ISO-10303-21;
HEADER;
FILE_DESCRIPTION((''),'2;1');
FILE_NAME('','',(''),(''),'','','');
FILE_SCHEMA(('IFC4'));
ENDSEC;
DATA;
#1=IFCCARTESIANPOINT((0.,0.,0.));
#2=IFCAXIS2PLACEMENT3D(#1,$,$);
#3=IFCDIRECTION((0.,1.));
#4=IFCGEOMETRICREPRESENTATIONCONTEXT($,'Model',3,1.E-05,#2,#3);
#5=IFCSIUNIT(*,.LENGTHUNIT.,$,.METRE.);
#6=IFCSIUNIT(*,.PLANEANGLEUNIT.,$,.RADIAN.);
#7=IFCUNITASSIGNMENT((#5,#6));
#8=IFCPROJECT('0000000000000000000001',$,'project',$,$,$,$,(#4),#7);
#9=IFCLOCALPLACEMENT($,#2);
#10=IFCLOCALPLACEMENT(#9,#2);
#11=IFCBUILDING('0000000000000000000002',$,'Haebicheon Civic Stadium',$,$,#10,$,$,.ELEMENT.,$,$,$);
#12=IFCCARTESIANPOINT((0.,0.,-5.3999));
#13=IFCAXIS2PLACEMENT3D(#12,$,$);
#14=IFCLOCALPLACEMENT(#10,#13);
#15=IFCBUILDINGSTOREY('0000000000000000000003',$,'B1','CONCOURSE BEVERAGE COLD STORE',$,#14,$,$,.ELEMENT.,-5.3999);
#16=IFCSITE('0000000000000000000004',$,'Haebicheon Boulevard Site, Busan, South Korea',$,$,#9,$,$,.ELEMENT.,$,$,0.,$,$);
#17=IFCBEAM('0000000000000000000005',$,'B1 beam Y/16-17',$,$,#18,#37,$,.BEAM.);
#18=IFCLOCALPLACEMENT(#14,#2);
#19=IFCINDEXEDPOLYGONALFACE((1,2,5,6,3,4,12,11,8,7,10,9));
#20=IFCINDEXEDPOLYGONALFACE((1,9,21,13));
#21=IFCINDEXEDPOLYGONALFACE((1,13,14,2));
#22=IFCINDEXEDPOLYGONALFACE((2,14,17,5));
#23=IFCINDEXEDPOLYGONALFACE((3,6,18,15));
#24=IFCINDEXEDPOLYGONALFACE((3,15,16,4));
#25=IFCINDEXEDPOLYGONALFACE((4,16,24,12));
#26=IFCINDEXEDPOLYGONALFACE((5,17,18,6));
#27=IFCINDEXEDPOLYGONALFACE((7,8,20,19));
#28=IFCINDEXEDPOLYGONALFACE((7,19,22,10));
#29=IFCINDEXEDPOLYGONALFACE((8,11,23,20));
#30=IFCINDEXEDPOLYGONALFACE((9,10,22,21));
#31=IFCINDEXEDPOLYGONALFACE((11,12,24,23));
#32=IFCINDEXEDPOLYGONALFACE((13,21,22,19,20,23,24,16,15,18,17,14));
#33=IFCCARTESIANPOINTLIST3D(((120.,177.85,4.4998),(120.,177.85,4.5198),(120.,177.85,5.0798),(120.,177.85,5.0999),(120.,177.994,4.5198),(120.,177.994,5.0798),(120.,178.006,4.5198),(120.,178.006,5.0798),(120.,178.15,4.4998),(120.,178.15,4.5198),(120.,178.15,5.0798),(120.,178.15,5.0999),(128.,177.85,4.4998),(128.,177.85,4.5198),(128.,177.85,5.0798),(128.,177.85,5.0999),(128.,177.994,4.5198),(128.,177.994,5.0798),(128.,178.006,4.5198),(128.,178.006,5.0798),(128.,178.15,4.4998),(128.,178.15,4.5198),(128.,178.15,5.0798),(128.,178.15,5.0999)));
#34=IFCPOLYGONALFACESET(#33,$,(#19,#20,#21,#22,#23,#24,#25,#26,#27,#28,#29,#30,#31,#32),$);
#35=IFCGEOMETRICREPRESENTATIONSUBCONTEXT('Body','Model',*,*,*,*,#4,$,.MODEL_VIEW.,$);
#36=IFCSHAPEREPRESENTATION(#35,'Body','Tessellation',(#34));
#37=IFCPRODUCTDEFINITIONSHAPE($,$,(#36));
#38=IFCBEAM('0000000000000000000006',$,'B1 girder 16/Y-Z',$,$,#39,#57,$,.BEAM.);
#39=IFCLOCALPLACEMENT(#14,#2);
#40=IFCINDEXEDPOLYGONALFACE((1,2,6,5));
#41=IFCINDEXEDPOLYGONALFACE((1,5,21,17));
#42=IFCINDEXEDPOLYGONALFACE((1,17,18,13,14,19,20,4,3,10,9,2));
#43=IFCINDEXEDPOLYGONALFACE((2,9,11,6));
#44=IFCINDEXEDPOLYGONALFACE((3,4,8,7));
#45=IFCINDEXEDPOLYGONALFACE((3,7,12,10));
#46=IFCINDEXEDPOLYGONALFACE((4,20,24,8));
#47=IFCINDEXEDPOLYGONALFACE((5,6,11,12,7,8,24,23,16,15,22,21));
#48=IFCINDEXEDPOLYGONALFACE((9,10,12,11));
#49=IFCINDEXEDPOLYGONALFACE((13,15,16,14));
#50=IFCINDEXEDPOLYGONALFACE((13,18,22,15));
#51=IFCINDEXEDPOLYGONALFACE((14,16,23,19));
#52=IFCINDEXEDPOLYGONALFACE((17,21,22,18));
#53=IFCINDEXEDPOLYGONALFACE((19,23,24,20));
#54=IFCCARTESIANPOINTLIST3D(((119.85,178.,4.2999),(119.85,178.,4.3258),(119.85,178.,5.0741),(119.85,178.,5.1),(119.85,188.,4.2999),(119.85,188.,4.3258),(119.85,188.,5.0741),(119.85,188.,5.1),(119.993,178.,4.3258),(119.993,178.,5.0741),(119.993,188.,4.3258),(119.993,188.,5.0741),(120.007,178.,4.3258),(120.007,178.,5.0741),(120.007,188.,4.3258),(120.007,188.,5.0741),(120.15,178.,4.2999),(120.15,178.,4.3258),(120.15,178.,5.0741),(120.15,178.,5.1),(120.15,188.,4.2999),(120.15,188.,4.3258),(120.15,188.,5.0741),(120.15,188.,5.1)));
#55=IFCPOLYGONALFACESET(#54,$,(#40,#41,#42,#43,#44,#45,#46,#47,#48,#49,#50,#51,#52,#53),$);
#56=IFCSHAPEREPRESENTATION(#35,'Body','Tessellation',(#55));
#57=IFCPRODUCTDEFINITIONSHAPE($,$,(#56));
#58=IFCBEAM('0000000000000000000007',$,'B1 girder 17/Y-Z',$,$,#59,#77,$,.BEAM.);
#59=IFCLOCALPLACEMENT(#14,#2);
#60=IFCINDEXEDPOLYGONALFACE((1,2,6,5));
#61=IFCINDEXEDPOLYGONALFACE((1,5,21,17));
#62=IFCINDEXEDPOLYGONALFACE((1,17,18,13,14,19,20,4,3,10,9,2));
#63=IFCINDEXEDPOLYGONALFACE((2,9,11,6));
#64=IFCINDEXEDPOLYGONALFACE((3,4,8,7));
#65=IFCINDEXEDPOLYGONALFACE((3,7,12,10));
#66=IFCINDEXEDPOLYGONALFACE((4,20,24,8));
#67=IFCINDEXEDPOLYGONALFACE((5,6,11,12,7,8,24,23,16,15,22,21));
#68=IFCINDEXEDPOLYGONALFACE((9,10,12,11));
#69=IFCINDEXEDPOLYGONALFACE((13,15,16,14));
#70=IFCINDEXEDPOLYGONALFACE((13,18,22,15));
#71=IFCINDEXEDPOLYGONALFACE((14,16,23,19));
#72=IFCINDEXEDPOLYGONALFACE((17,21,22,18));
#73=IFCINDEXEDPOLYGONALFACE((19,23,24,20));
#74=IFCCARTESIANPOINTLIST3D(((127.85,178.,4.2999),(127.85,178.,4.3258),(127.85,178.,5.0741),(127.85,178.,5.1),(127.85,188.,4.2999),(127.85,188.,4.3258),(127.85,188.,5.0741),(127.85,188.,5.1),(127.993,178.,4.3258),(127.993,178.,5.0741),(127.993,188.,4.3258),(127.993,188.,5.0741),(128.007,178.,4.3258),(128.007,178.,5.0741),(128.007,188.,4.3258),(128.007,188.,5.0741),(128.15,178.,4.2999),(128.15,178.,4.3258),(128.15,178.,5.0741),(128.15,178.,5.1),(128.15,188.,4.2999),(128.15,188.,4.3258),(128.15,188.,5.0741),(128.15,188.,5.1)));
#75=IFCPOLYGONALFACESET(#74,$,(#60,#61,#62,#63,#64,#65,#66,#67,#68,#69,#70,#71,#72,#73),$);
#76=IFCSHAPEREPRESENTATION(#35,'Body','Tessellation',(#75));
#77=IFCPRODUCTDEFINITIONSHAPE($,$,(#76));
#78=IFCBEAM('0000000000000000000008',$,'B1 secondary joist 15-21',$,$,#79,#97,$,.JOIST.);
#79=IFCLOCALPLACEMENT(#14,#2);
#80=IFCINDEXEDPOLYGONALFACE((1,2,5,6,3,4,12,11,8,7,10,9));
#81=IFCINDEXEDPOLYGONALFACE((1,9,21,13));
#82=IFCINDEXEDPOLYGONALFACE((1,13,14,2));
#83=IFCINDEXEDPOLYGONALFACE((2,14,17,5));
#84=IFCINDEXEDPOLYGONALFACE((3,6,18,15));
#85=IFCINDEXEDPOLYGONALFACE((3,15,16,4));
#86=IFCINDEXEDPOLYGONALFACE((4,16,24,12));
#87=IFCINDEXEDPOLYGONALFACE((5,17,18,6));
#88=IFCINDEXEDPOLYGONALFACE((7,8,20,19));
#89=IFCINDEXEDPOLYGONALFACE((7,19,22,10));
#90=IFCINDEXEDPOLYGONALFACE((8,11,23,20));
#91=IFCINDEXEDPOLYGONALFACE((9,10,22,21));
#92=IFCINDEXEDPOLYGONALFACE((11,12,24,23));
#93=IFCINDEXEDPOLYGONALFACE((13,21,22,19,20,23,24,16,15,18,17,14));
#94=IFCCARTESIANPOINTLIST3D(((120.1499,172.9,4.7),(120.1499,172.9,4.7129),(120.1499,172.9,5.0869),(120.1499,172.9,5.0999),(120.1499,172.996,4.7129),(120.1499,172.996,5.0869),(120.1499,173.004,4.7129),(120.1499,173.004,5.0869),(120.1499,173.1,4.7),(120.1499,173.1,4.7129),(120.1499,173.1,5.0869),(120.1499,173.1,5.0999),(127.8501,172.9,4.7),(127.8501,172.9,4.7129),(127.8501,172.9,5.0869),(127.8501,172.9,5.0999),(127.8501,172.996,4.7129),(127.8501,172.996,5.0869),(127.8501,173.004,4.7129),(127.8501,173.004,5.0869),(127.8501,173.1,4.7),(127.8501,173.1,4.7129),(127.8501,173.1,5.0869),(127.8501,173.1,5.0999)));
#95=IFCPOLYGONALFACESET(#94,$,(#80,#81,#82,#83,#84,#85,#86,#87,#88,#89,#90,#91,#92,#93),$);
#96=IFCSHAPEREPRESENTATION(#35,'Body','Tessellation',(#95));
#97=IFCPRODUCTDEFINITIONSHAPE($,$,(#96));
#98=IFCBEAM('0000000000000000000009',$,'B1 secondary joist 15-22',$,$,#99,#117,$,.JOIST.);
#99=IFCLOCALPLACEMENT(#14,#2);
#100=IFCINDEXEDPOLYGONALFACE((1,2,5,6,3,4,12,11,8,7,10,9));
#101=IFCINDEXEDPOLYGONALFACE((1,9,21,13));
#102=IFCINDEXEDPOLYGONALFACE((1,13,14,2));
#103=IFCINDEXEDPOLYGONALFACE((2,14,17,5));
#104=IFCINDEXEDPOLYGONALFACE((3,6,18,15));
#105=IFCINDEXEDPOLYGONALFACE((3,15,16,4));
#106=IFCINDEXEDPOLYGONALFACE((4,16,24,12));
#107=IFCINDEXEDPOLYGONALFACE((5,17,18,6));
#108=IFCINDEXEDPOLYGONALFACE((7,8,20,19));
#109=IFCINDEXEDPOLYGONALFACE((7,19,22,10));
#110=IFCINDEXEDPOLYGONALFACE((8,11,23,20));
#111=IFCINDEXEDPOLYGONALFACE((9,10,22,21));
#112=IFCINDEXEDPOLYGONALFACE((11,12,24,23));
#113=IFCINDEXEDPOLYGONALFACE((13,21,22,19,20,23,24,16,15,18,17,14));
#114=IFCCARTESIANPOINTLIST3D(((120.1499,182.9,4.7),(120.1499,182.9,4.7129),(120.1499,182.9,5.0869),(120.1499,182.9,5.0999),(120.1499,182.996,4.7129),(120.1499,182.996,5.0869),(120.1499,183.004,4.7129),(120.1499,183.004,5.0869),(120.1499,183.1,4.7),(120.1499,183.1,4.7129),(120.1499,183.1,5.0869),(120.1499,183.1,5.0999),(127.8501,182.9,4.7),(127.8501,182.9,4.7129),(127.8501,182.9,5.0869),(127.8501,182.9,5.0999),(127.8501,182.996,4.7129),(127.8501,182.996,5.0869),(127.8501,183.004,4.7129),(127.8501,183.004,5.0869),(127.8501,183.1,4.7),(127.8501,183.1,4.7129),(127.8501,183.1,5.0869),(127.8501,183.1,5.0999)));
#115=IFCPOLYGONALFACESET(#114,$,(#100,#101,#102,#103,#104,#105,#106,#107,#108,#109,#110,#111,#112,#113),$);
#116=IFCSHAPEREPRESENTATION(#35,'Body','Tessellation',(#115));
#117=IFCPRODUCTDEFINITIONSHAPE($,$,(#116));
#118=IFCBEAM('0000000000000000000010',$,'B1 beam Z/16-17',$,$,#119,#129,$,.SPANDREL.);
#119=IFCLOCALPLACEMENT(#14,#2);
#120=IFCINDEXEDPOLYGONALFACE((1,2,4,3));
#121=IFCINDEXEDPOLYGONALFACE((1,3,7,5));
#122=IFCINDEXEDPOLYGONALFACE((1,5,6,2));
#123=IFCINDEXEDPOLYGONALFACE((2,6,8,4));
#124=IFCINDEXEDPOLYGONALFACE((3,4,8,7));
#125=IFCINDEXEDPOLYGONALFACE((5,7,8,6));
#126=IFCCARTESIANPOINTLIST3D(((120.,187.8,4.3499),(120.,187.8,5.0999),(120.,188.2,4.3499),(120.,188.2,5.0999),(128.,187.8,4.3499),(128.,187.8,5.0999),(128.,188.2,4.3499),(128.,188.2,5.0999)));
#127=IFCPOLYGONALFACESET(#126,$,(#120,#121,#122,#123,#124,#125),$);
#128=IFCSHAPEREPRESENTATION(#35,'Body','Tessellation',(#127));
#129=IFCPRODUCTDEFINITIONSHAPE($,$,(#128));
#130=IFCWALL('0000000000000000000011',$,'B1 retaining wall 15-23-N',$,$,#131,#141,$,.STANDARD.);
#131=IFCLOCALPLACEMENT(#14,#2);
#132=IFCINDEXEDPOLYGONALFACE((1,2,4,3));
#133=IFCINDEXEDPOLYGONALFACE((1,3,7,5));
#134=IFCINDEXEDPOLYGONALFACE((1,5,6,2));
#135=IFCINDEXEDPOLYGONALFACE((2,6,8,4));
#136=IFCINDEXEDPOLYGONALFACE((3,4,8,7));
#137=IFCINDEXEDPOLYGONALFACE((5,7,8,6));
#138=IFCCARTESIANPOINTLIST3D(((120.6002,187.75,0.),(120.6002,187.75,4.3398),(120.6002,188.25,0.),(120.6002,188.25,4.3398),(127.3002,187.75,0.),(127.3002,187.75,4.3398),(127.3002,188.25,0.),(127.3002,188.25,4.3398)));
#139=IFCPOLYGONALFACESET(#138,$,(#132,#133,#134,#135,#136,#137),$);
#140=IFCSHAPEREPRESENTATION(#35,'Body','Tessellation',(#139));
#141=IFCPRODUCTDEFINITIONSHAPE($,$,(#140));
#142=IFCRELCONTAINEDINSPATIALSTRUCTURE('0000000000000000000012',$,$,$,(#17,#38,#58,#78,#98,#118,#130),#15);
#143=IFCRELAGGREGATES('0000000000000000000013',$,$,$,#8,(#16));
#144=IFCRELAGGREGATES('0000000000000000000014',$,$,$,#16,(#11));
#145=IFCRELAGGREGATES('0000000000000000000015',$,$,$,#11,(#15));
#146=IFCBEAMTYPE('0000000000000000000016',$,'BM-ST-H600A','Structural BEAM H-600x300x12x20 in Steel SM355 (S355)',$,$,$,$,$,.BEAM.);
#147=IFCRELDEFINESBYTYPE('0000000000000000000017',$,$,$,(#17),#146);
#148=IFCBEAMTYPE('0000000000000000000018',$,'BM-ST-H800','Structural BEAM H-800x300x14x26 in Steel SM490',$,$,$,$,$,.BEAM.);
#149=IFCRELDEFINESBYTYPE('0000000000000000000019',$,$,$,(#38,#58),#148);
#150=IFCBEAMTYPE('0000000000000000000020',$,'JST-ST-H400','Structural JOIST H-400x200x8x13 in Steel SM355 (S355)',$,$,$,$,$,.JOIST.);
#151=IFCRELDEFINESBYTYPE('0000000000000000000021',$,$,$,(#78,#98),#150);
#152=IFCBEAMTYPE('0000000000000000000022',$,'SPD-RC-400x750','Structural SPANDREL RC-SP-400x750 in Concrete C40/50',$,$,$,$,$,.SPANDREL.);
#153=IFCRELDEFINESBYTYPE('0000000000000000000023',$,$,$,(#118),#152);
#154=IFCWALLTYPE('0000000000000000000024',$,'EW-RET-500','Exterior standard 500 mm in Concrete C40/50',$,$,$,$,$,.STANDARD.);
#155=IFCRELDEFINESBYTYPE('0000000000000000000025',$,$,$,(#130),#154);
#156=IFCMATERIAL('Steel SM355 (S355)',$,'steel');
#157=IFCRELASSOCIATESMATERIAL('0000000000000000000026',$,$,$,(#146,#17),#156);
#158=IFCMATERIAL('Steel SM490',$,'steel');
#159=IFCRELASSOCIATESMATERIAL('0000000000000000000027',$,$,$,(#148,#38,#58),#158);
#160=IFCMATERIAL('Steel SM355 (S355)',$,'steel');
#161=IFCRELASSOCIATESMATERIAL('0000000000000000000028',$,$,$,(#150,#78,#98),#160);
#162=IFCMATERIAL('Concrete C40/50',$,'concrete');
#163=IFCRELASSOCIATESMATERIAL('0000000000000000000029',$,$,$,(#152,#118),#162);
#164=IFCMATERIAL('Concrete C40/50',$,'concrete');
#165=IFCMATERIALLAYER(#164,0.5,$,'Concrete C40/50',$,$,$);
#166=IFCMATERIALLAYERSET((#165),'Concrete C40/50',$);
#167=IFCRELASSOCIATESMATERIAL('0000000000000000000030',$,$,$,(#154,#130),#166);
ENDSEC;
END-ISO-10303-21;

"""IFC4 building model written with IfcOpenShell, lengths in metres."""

from ifc_helpers import new_model, si_unit, direction, frame, frame_2d, origin, origin_2d, place, context, subcontext, project, spatial, rectangle, i_section, extrude, material, layer, layer_set, material_profile, profile_set, type_object, element, save


model = new_model("IFC4")

# Units and contexts
model_context = context("Model", 3, precision=1e-05, world=origin(), true_north=direction((0.0, 1.0)))
body_context = subcontext(model_context, "Body", "Model", "MODEL_VIEW")
ifc_project = project(units=[si_unit("LENGTHUNIT", "METRE"), si_unit("PLANEANGLEUNIT", "RADIAN")], contexts=[model_context])

# Site, building, storey
site_placement = place(None, origin())
site = spatial("IfcSite", under=ifc_project, at=site_placement, Name="Haebicheon Boulevard Site, Busan, South Korea", CompositionType="ELEMENT", RefElevation=0.0)
building_placement = place(site_placement, origin())
building = spatial("IfcBuilding", under=site, at=building_placement, Name="Haebicheon Civic Stadium", CompositionType="ELEMENT")
storey_placement = place(building_placement, frame((0.0, 0.0, -5.3999)))
storey = spatial("IfcBuildingStorey", under=building, at=storey_placement, Name="B1", Description="CONCOURSE BEVERAGE COLD STORE", CompositionType="ELEMENT", Elevation=-5.3999)

# Beams
ifc_material_1 = material(Name="Steel SM355 (S355)", Category="steel")
ifc_material_profile_1 = material_profile(ifc_material_1, i_section(OverallWidth=0.3, OverallDepth=0.6001, WebThickness=0.012, FlangeThickness=0.02, at=origin_2d()), Name="H-600x300x12x20")
ifc_profile_set_1 = profile_set([ifc_material_profile_1], Name="Steel SM355 (S355)")
beam_type_1 = type_object("IfcBeamType", Name="BM-ST-H600A", Description="Structural BEAM H-600x300x12x20 in Steel SM355 (S355)", PredefinedType="BEAM", material=ifc_profile_set_1)
beam_1_placement = place(storey_placement, frame((120.0, 178.0, 4.7998), z_axis=(1.0, 0.0, 0.0), x_axis=(0.0, 1.0, 0.0)))
element("IfcBeam", 1, at=beam_1_placement, inside=storey, type_object=beam_type_1, material=ifc_profile_set_1, Name="B1 beam Y/16-17", PredefinedType="BEAM", context=body_context, shape_type="SweptSolid", body=[
    extrude(i_section(OverallWidth=0.3, OverallDepth=0.6001, WebThickness=0.012, FlangeThickness=0.02, at=origin_2d()), origin(), (0.0, 0.0, 1.0), 8.0),
])
ifc_material_2 = material(Name="Steel SM490", Category="steel")
ifc_material_profile_2 = material_profile(ifc_material_2, i_section(OverallWidth=0.3, OverallDepth=0.8, WebThickness=0.0139, FlangeThickness=0.0259, at=origin_2d()), Name="H-800x300x14x26")
ifc_profile_set_2 = profile_set([ifc_material_profile_2], Name="Steel SM490")
beam_type_2 = type_object("IfcBeamType", Name="BM-ST-H800", Description="Structural BEAM H-800x300x14x26 in Steel SM490", PredefinedType="BEAM", material=ifc_profile_set_2)
for number, where, z_axis, x_axis, name in (
    (2, (120.0, 178.0, 4.7), (0.0, 1.0, 0.0), (-1.0, 0.0, 0.0), "B1 girder 16/Y-Z"),
    (3, (128.0, 178.0, 4.7), (0.0, 1.0, 0.0), (-1.0, 0.0, 0.0), "B1 girder 17/Y-Z"),
):
    element("IfcBeam", number, at=place(storey_placement, frame(where, z_axis=z_axis, x_axis=x_axis)), inside=storey, type_object=beam_type_2, material=ifc_profile_set_2, Name=name, PredefinedType="BEAM", context=body_context, shape_type="SweptSolid", body=[
        extrude(i_section(OverallWidth=0.3, OverallDepth=0.8, WebThickness=0.0139, FlangeThickness=0.0259, at=origin_2d()), origin(), (0.0, 0.0, 1.0), 10.0),
    ])
ifc_material_3 = material(Name="Steel SM355 (S355)", Category="steel")
ifc_material_profile_3 = material_profile(ifc_material_3, i_section(OverallWidth=0.2, OverallDepth=0.3999, WebThickness=0.0081, FlangeThickness=0.0129, at=origin_2d()), Name="H-400x200x8x13")
ifc_profile_set_3 = profile_set([ifc_material_profile_3], Name="Steel SM355 (S355)")
beam_type_3 = type_object("IfcBeamType", Name="JST-ST-H400", Description="Structural JOIST H-400x200x8x13 in Steel SM355 (S355)", PredefinedType="JOIST", material=ifc_profile_set_3)
for number, where, z_axis, x_axis, name in (
    (4, (120.1499, 173.0, 4.8999), (1.0, 0.0, 0.0), (0.0, 1.0, 0.0), "B1 secondary joist 15-21"),
    (5, (120.1499, 183.0, 4.8999), (1.0, 0.0, 0.0), (0.0, 1.0, 0.0), "B1 secondary joist 15-22"),
):
    element("IfcBeam", number, at=place(storey_placement, frame(where, z_axis=z_axis, x_axis=x_axis)), inside=storey, type_object=beam_type_3, material=ifc_profile_set_3, Name=name, PredefinedType="JOIST", context=body_context, shape_type="SweptSolid", body=[
        extrude(i_section(OverallWidth=0.2, OverallDepth=0.3999, WebThickness=0.0081, FlangeThickness=0.0129, at=origin_2d()), origin(), (0.0, 0.0, 1.0), 7.7002),
    ])
ifc_material_4 = material(Name="Concrete C40/50", Category="concrete")
ifc_material_profile_4 = material_profile(ifc_material_4, rectangle(XDim=0.3999, YDim=0.75, at=origin_2d()), Name="RC-SP-400x750")
ifc_profile_set_4 = profile_set([ifc_material_profile_4], Name="Concrete C40/50")
beam_type_4 = type_object("IfcBeamType", Name="SPD-RC-400x750", Description="Structural SPANDREL RC-SP-400x750 in Concrete C40/50", PredefinedType="SPANDREL", material=ifc_profile_set_4)
beam_2_placement = place(storey_placement, frame((120.0, 188.0, 4.7249), z_axis=(1.0, 0.0, 0.0), x_axis=(0.0, 1.0, 0.0)))
element("IfcBeam", 6, at=beam_2_placement, inside=storey, type_object=beam_type_4, material=ifc_profile_set_4, Name="B1 beam Z/16-17", PredefinedType="SPANDREL", context=body_context, shape_type="SweptSolid", body=[
    extrude(rectangle(XDim=0.3999, YDim=0.75, at=origin_2d()), origin(), (0.0, 0.0, 1.0), 8.0),
])

# Wall
ifc_material_5 = material(Name="Concrete C40/50", Category="concrete")
ifc_layer_1 = layer(ifc_material_5, 0.5, Name="Concrete C40/50")
ifc_layer_set_1 = layer_set([ifc_layer_1], Name="Concrete C40/50")
wall_type = type_object("IfcWallType", Name="EW-RET-500", Description="Exterior standard 500 mm in Concrete C40/50", PredefinedType="STANDARD", material=ifc_layer_set_1)
wall_placement = place(storey_placement, frame((120.6001, 188.0, 0.0), z_axis=(0.0, 0.0, 1.0), x_axis=(1.0, 0.0, 0.0)))
element("IfcWall", 7, at=wall_placement, inside=storey, type_object=wall_type, material=ifc_layer_set_1, Name="B1 retaining wall 15-23-N", PredefinedType="STANDARD", context=body_context, shape_type="SweptSolid", body=[
    extrude(rectangle(XDim=6.7, YDim=0.5, at=frame_2d((3.3501, 0.0))), origin(), (0.0, 0.0, 1.0), 4.3398),
])

save(model, "model.ifc")
